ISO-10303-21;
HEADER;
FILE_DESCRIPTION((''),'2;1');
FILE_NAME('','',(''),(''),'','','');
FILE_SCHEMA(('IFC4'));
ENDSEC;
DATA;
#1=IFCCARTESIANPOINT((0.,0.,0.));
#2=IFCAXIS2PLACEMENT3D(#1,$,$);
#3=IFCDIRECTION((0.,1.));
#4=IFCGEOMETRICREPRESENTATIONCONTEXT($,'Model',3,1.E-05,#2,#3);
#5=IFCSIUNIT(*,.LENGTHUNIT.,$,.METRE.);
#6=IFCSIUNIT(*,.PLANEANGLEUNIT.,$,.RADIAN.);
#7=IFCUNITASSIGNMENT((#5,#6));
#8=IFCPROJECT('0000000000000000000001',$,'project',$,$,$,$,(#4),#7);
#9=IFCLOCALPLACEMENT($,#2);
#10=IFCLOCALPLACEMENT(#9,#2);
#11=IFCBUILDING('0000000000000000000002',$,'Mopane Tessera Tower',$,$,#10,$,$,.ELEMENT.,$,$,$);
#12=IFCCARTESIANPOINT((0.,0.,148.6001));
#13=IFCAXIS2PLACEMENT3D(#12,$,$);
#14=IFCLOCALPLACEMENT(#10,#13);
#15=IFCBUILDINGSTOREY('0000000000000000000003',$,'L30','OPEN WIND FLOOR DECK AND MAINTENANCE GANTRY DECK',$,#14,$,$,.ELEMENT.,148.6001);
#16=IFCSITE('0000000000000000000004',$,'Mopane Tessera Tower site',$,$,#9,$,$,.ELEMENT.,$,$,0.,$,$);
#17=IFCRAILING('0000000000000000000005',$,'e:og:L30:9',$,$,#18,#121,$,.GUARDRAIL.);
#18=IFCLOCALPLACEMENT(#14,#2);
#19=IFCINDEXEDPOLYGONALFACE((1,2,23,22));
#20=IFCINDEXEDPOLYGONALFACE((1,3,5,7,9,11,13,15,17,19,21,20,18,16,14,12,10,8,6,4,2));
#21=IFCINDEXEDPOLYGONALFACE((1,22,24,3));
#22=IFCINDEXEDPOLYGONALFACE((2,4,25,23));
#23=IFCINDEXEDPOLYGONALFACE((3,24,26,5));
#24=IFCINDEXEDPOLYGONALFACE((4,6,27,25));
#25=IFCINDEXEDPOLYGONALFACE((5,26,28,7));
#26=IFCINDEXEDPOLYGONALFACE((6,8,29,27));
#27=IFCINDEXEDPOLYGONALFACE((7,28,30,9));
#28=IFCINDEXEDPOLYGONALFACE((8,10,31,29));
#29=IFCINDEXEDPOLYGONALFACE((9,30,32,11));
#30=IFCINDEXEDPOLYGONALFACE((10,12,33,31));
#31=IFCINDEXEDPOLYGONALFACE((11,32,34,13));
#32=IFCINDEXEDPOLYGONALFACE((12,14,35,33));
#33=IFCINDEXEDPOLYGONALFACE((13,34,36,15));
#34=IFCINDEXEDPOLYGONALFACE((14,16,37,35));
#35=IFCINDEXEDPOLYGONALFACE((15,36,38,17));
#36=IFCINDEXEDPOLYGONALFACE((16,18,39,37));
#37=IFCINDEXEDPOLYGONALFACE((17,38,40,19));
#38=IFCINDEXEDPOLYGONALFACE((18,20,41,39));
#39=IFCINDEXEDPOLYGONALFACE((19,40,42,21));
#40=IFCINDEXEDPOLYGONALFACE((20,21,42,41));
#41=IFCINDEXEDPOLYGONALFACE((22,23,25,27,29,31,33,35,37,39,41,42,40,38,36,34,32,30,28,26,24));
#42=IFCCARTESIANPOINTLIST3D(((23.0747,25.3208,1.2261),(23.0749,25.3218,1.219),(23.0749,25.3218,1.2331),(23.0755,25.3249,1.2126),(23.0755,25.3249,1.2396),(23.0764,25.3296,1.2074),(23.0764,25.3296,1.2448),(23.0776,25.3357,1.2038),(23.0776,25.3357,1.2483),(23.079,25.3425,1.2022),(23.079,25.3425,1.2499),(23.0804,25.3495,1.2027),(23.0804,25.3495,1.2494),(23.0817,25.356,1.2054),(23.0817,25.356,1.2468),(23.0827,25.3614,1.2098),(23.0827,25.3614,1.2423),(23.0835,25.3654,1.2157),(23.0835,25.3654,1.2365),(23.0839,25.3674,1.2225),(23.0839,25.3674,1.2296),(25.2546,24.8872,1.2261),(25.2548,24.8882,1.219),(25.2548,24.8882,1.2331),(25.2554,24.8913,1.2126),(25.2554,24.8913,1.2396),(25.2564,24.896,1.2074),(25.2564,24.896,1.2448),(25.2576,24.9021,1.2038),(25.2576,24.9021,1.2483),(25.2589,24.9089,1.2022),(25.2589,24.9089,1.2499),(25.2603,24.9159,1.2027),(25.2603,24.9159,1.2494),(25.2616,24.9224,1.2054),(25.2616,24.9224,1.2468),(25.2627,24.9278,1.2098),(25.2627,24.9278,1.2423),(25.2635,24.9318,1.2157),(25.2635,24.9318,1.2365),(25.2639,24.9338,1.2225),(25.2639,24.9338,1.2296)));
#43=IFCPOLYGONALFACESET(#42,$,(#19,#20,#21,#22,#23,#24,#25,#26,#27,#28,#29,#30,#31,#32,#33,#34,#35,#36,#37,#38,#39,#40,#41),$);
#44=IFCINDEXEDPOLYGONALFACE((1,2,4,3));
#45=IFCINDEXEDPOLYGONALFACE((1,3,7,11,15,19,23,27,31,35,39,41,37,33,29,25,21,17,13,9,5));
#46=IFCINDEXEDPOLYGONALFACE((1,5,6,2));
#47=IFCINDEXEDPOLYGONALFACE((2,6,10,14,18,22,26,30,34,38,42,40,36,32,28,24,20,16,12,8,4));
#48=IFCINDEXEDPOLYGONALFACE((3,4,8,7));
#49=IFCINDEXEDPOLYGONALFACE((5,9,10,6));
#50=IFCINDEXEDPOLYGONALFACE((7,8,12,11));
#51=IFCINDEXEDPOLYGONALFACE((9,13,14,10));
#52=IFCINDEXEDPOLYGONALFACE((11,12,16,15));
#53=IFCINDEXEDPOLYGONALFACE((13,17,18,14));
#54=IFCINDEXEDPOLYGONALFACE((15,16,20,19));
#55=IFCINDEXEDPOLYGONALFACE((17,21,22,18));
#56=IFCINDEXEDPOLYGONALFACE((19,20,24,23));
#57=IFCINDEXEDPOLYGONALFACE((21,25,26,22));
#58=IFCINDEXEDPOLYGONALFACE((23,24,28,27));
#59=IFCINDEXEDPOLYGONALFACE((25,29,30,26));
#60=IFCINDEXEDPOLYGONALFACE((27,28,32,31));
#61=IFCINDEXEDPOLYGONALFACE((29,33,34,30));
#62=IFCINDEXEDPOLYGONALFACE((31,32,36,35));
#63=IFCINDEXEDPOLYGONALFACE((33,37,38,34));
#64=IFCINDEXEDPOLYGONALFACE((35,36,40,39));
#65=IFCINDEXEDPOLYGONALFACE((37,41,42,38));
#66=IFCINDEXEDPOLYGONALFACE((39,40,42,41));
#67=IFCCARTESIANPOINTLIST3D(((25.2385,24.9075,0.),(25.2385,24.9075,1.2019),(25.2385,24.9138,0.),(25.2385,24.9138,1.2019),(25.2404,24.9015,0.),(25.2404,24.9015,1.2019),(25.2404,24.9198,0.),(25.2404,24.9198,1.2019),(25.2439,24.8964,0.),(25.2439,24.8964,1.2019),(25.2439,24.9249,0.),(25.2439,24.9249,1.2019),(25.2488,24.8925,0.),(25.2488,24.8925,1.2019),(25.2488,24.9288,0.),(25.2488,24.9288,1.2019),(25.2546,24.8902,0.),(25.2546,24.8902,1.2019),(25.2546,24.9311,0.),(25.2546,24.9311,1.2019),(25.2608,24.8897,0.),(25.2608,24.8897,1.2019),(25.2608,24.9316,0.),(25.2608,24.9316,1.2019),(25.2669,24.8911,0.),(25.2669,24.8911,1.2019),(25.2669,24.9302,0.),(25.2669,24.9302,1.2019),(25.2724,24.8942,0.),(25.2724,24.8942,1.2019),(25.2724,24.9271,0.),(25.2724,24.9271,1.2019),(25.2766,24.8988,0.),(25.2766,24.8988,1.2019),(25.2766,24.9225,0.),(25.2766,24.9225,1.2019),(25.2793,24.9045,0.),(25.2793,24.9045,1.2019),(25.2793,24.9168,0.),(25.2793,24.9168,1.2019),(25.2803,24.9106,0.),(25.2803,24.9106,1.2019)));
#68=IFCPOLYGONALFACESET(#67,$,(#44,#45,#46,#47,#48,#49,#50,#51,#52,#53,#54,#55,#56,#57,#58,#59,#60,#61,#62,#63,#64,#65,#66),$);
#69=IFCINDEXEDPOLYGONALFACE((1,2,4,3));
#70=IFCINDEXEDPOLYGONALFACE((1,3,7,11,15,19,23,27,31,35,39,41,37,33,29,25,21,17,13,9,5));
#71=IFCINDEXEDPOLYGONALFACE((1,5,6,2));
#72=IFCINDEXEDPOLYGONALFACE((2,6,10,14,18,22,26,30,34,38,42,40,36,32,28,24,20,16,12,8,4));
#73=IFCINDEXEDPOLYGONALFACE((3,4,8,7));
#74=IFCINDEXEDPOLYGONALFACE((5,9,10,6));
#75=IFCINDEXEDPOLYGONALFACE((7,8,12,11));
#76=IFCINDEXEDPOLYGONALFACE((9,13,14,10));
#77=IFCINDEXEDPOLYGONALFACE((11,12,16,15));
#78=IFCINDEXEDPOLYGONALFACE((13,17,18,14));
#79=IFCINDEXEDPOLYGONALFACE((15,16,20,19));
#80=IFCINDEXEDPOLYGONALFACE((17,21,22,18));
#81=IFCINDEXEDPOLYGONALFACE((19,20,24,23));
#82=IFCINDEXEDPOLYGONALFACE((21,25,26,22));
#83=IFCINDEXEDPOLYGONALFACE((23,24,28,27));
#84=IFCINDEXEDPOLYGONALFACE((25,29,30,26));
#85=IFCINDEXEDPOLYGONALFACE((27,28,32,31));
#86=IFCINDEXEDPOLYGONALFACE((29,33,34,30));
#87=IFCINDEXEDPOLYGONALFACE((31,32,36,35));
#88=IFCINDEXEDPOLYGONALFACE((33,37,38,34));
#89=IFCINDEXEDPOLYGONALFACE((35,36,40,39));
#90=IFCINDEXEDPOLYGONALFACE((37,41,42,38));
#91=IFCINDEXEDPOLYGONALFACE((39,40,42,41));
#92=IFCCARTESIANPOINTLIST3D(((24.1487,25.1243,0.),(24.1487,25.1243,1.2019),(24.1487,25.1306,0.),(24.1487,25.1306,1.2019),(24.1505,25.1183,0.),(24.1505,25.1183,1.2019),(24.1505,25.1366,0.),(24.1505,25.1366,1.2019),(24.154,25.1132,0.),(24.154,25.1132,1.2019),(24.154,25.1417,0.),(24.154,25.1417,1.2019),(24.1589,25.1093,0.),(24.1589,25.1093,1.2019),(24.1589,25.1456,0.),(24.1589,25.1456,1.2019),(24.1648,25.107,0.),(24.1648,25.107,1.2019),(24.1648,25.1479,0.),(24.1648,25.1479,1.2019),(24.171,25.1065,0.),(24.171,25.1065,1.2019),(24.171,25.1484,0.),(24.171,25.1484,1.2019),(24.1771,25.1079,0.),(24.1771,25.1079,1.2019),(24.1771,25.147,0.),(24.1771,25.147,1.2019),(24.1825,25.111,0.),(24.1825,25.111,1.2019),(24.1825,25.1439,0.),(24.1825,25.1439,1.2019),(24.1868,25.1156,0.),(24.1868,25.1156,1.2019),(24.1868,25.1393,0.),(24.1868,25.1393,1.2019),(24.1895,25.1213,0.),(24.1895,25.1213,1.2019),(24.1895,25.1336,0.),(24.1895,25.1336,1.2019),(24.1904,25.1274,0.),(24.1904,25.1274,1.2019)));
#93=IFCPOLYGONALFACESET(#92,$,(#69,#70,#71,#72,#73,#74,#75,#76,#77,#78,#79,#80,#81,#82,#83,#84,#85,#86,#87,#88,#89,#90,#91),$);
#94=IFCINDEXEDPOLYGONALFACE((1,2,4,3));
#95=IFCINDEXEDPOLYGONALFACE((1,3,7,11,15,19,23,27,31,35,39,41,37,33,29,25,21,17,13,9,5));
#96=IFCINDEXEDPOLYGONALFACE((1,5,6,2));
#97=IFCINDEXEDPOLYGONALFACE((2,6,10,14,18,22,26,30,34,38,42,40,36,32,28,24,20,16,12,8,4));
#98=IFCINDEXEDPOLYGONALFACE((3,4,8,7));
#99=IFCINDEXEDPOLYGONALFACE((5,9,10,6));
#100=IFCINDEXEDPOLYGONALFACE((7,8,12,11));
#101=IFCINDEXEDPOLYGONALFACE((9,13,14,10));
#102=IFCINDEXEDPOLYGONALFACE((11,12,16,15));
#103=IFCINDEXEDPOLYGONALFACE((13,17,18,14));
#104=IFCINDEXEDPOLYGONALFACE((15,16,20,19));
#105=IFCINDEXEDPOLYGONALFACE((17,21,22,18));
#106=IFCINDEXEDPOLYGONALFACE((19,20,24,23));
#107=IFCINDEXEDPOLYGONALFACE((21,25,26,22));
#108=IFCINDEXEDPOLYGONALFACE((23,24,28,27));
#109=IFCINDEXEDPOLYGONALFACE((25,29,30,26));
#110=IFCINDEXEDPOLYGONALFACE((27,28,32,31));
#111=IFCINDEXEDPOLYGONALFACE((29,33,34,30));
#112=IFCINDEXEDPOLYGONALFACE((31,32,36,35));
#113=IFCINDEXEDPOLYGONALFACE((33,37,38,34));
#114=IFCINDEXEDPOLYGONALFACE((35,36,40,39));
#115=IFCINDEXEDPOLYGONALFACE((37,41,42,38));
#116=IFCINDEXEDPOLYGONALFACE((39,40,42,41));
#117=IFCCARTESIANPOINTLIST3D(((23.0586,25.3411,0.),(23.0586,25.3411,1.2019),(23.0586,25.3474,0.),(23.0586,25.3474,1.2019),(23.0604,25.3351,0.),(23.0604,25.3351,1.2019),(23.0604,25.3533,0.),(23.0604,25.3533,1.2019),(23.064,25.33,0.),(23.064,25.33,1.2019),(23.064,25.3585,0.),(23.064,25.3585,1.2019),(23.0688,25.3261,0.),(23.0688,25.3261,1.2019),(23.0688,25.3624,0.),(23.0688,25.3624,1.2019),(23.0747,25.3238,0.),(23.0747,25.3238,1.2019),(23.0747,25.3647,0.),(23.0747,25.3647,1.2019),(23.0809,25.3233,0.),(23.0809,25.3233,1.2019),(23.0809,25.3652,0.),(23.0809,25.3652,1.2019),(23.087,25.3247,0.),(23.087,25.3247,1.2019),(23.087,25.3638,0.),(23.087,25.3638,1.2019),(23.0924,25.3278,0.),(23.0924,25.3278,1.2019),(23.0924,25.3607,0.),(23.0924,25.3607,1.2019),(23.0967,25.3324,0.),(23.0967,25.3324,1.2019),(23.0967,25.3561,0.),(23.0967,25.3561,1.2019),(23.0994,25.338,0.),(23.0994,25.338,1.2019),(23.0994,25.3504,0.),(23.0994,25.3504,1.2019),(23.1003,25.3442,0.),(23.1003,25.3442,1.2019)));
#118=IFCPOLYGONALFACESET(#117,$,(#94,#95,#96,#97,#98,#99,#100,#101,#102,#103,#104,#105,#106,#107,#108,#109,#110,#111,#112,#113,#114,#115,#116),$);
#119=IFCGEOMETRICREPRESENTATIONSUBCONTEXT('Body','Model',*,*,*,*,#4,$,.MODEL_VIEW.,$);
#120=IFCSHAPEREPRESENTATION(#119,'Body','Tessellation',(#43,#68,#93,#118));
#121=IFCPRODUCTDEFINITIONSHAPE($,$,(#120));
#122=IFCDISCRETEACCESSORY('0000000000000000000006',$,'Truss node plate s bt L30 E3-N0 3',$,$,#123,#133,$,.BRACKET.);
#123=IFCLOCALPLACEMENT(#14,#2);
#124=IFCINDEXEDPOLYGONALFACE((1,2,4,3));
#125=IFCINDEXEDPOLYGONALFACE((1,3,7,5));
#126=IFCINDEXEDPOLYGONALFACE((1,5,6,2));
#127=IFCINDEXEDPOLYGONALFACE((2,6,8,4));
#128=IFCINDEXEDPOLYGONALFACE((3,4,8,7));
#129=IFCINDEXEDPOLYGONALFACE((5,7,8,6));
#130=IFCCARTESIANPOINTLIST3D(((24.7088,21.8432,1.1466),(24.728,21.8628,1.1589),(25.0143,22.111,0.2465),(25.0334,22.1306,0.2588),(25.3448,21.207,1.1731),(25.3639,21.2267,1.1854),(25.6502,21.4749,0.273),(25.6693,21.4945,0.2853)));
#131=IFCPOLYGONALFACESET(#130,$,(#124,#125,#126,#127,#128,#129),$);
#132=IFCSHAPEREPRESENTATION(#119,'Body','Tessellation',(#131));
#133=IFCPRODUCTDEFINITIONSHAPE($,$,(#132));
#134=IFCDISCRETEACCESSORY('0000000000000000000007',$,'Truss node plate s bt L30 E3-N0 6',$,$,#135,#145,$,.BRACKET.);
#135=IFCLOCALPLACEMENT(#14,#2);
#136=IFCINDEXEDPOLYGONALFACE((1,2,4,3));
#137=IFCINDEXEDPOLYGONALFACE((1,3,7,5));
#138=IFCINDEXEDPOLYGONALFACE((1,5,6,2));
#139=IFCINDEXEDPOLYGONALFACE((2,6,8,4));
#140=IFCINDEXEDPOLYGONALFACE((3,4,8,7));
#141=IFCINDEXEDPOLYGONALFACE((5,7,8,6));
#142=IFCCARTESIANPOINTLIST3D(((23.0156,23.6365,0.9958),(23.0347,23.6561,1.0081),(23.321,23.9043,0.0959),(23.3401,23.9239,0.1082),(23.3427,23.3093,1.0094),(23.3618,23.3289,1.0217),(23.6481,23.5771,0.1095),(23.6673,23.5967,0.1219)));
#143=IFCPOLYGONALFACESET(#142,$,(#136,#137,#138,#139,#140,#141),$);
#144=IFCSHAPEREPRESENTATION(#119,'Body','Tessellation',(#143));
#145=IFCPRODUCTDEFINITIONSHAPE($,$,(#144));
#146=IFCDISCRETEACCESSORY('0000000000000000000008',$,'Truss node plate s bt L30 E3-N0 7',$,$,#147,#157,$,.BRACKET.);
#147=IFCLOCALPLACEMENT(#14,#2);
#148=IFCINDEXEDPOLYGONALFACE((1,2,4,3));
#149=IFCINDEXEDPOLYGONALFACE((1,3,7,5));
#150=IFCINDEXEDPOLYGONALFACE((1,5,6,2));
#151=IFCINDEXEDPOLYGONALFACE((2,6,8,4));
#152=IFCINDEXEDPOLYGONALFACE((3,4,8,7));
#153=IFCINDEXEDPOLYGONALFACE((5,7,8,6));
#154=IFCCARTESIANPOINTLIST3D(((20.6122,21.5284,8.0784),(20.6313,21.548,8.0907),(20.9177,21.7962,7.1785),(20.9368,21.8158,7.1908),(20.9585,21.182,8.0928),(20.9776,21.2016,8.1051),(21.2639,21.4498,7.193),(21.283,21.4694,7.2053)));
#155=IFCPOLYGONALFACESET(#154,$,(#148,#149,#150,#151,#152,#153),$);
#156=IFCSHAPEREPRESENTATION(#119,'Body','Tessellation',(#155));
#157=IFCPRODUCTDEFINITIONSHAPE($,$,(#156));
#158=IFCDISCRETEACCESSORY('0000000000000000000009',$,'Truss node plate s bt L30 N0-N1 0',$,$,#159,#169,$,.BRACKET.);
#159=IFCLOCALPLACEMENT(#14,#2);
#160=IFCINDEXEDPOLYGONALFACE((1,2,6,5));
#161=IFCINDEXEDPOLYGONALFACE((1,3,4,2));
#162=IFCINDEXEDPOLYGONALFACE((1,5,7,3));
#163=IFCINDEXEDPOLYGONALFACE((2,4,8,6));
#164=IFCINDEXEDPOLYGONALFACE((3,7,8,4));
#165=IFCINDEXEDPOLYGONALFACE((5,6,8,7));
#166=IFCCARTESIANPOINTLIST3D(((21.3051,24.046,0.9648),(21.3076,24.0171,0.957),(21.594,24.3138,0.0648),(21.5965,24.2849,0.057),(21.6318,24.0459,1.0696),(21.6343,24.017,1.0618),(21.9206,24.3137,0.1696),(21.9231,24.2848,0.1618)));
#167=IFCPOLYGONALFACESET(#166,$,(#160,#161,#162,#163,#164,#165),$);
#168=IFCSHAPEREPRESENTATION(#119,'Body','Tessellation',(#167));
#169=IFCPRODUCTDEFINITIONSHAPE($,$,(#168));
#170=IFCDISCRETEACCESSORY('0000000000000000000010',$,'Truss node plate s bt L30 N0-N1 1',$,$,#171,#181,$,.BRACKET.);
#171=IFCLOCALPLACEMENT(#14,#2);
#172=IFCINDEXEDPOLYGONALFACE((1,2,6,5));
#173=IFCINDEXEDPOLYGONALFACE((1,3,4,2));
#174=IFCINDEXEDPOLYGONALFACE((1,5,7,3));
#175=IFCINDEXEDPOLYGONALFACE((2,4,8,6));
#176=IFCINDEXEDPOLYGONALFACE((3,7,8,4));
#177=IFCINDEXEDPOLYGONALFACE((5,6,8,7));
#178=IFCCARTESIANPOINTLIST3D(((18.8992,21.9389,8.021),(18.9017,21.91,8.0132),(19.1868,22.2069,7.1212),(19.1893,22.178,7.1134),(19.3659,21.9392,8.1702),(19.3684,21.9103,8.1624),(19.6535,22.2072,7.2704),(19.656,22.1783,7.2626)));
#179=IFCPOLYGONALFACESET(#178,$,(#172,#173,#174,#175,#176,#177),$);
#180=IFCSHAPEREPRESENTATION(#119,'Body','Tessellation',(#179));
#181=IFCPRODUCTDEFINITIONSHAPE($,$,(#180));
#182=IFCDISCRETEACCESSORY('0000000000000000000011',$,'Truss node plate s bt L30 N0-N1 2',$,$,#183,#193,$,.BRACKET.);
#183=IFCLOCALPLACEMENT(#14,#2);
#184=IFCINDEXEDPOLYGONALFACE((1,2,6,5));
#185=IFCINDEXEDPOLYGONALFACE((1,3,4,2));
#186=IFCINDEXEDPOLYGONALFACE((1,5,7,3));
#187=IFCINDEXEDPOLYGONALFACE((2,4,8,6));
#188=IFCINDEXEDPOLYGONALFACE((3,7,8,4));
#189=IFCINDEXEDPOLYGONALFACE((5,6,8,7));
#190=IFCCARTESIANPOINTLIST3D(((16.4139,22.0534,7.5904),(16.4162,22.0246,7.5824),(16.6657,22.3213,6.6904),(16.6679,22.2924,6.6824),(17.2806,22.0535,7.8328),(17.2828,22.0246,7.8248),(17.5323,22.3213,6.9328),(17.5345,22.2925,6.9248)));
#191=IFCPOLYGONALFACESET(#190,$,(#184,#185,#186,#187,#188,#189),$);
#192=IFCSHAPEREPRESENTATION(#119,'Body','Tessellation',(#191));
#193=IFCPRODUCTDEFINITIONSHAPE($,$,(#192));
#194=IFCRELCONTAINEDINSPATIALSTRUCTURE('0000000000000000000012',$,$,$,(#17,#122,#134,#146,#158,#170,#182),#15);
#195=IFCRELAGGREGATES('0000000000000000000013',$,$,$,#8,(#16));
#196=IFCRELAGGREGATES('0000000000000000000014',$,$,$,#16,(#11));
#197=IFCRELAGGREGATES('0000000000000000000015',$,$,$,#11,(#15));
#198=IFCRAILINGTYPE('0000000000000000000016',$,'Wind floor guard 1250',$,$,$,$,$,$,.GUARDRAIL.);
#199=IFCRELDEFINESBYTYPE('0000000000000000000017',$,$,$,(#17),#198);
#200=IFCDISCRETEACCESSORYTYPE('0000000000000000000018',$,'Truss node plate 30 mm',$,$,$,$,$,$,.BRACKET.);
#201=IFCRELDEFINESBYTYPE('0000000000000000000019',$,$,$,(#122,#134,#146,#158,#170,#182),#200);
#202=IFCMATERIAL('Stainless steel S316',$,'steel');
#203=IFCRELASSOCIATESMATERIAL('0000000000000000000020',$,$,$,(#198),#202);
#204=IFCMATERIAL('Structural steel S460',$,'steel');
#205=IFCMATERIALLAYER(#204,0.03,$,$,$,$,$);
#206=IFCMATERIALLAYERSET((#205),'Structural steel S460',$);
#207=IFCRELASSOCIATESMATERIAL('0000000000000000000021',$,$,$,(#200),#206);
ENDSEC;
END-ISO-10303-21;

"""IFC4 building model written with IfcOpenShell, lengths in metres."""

from ifc_helpers import new_model, si_unit, direction, frame, origin, origin_2d, place, context, subcontext, project, spatial, rectangle, circle, extrude, material, layer, layer_set, type_object, element, save


model = new_model("IFC4")

# Units and contexts
model_context = context("Model", 3, precision=1e-05, world=origin(), true_north=direction((0.0, 1.0)))
body_context = subcontext(model_context, "Body", "Model", "MODEL_VIEW")
ifc_project = project(units=[si_unit("LENGTHUNIT", "METRE"), si_unit("PLANEANGLEUNIT", "RADIAN")], contexts=[model_context])

# Site, building, storey
site_placement = place(None, origin())
site = spatial("IfcSite", under=ifc_project, at=site_placement, Name="Mopane Tessera Tower site", CompositionType="ELEMENT", RefElevation=0.0)
building_placement = place(site_placement, origin())
building = spatial("IfcBuilding", under=site, at=building_placement, Name="Mopane Tessera Tower", CompositionType="ELEMENT")
storey_placement = place(building_placement, frame((0.0, 0.0, 148.6001)))
storey = spatial("IfcBuildingStorey", under=building, at=storey_placement, Name="L30", Description="OPEN WIND FLOOR DECK AND MAINTENANCE GANTRY DECK", CompositionType="ELEMENT", Elevation=148.6001)

# Railing
ifc_material_1 = material(Name="Stainless steel S316", Category="steel")
railing_type = type_object("IfcRailingType", Name="Wind floor guard 1250", PredefinedType="GUARDRAIL", material=ifc_material_1)
railing_1_placement = place(storey_placement, frame((25.2593, 24.9106, 0.0)))
element("IfcRailing", 1, at=railing_1_placement, inside=storey, type_object=railing_type, Name="e:og:L30:9", PredefinedType="GUARDRAIL", context=body_context, shape_type="SweptSolid", body=[
    extrude(circle(Radius=0.0239, at=origin_2d()), frame((0.0, 0.0, 1.2261), z_axis=(-0.980787, 0.195081, 0.0), x_axis=(-0.195081, -0.980787, 0.0)), (0.0, 0.0, 1.0), 2.2227),
    extrude(circle(Radius=0.021, at=origin_2d()), origin(), (0.0, 0.0, 1.0), 1.2019),
    extrude(circle(Radius=0.021, at=origin_2d()), frame((-1.0898, 0.2168, 0.0)), (0.0, 0.0, 1.0), 1.2019),
    extrude(circle(Radius=0.021, at=origin_2d()), frame((-2.1799, 0.4336, 0.0)), (0.0, 0.0, 1.0), 1.2019),
])

# Discrete accessories
ifc_material_2 = material(Name="Structural steel S460", Category="steel")
ifc_layer_1 = layer(ifc_material_2, 0.03)
ifc_layer_set_1 = layer_set([ifc_layer_1], Name="Structural steel S460")
discrete_accessory_type = type_object("IfcDiscreteAccessoryType", Name="Truss node plate 30 mm", PredefinedType="BRACKET", material=ifc_layer_set_1)
discrete_accessory_1_placement = place(storey_placement, frame((25.3418, 21.8027, 0.2659), z_axis=(-0.309267, -0.271196, 0.911486), x_axis=(-0.636345, -0.653252, -0.410276)))
element("IfcDiscreteAccessory", 2, at=discrete_accessory_1_placement, inside=storey, type_object=discrete_accessory_type, Name="Truss node plate s bt L30 E3-N0 3", PredefinedType="BRACKET", context=body_context, shape_type="SweptSolid", body=[
    extrude(rectangle(XDim=0.03, YDim=0.8999, at=origin_2d()), origin(), (0.0, 0.0, 1.0), 0.9875),
])
discrete_accessory_2_placement = place(storey_placement, frame((23.4941, 23.7505, 0.1089), z_axis=(-0.309337, -0.271257, 0.911444), x_axis=(-0.636314, -0.653225, -0.410368)))
element("IfcDiscreteAccessory", 3, at=discrete_accessory_2_placement, inside=storey, type_object=discrete_accessory_type, Name="Truss node plate s bt L30 E3-N0 6", PredefinedType="BRACKET", context=body_context, shape_type="SweptSolid", body=[
    extrude(rectangle(XDim=0.03, YDim=0.4629, at=origin_2d()), origin(), (0.0, 0.0, 1.0), 0.9873),
])
discrete_accessory_3_placement = place(storey_placement, frame((21.1003, 21.6328, 7.1919), z_axis=(-0.309337, -0.271257, 0.911444), x_axis=(-0.636314, -0.653225, -0.410368)))
element("IfcDiscreteAccessory", 4, at=discrete_accessory_3_placement, inside=storey, type_object=discrete_accessory_type, Name="Truss node plate s bt L30 E3-N0 7", PredefinedType="BRACKET", context=body_context, shape_type="SweptSolid", body=[
    extrude(rectangle(XDim=0.03, YDim=0.49, at=origin_2d()), origin(), (0.0, 0.0, 1.0), 0.9873),
])
discrete_accessory_4_placement = place(storey_placement, frame((21.7585, 24.2993, 0.1133), z_axis=(-0.294014, -0.27264, 0.916091), x_axis=(0.083107, -0.962116, -0.259665)))
element("IfcDiscreteAccessory", 5, at=discrete_accessory_4_placement, inside=storey, type_object=discrete_accessory_type, Name="Truss node plate s bt L30 N0-N1 0", PredefinedType="BRACKET", context=body_context, shape_type="SweptSolid", body=[
    extrude(rectangle(XDim=0.03, YDim=0.343, at=origin_2d()), origin(), (0.0, 0.0, 1.0), 0.9824),
])
discrete_accessory_5_placement = place(storey_placement, frame((19.4214, 22.1926, 7.1919), z_axis=(-0.292858, -0.27297, 0.916363), x_axis=(0.083712, -0.962022, -0.259818)))
element("IfcDiscreteAccessory", 6, at=discrete_accessory_5_placement, inside=storey, type_object=discrete_accessory_type, Name="Truss node plate s bt L30 N0-N1 1", PredefinedType="BRACKET", context=body_context, shape_type="SweptSolid", body=[
    extrude(rectangle(XDim=0.03, YDim=0.49, at=origin_2d()), origin(), (0.0, 0.0, 1.0), 0.9819),
])
discrete_accessory_6_placement = place(storey_placement, frame((17.1001, 22.3069, 6.8076), z_axis=(-0.258943, -0.275519, 0.925764), x_axis=(0.074261, -0.961296, -0.265322)))
element("IfcDiscreteAccessory", 7, at=discrete_accessory_6_placement, inside=storey, type_object=discrete_accessory_type, Name="Truss node plate s bt L30 N0-N1 2", PredefinedType="BRACKET", context=body_context, shape_type="SweptSolid", body=[
    extrude(rectangle(XDim=0.03, YDim=0.8999, at=origin_2d()), origin(), (0.0, 0.0, 1.0), 0.9722),
])

save(model, "model.ifc")
